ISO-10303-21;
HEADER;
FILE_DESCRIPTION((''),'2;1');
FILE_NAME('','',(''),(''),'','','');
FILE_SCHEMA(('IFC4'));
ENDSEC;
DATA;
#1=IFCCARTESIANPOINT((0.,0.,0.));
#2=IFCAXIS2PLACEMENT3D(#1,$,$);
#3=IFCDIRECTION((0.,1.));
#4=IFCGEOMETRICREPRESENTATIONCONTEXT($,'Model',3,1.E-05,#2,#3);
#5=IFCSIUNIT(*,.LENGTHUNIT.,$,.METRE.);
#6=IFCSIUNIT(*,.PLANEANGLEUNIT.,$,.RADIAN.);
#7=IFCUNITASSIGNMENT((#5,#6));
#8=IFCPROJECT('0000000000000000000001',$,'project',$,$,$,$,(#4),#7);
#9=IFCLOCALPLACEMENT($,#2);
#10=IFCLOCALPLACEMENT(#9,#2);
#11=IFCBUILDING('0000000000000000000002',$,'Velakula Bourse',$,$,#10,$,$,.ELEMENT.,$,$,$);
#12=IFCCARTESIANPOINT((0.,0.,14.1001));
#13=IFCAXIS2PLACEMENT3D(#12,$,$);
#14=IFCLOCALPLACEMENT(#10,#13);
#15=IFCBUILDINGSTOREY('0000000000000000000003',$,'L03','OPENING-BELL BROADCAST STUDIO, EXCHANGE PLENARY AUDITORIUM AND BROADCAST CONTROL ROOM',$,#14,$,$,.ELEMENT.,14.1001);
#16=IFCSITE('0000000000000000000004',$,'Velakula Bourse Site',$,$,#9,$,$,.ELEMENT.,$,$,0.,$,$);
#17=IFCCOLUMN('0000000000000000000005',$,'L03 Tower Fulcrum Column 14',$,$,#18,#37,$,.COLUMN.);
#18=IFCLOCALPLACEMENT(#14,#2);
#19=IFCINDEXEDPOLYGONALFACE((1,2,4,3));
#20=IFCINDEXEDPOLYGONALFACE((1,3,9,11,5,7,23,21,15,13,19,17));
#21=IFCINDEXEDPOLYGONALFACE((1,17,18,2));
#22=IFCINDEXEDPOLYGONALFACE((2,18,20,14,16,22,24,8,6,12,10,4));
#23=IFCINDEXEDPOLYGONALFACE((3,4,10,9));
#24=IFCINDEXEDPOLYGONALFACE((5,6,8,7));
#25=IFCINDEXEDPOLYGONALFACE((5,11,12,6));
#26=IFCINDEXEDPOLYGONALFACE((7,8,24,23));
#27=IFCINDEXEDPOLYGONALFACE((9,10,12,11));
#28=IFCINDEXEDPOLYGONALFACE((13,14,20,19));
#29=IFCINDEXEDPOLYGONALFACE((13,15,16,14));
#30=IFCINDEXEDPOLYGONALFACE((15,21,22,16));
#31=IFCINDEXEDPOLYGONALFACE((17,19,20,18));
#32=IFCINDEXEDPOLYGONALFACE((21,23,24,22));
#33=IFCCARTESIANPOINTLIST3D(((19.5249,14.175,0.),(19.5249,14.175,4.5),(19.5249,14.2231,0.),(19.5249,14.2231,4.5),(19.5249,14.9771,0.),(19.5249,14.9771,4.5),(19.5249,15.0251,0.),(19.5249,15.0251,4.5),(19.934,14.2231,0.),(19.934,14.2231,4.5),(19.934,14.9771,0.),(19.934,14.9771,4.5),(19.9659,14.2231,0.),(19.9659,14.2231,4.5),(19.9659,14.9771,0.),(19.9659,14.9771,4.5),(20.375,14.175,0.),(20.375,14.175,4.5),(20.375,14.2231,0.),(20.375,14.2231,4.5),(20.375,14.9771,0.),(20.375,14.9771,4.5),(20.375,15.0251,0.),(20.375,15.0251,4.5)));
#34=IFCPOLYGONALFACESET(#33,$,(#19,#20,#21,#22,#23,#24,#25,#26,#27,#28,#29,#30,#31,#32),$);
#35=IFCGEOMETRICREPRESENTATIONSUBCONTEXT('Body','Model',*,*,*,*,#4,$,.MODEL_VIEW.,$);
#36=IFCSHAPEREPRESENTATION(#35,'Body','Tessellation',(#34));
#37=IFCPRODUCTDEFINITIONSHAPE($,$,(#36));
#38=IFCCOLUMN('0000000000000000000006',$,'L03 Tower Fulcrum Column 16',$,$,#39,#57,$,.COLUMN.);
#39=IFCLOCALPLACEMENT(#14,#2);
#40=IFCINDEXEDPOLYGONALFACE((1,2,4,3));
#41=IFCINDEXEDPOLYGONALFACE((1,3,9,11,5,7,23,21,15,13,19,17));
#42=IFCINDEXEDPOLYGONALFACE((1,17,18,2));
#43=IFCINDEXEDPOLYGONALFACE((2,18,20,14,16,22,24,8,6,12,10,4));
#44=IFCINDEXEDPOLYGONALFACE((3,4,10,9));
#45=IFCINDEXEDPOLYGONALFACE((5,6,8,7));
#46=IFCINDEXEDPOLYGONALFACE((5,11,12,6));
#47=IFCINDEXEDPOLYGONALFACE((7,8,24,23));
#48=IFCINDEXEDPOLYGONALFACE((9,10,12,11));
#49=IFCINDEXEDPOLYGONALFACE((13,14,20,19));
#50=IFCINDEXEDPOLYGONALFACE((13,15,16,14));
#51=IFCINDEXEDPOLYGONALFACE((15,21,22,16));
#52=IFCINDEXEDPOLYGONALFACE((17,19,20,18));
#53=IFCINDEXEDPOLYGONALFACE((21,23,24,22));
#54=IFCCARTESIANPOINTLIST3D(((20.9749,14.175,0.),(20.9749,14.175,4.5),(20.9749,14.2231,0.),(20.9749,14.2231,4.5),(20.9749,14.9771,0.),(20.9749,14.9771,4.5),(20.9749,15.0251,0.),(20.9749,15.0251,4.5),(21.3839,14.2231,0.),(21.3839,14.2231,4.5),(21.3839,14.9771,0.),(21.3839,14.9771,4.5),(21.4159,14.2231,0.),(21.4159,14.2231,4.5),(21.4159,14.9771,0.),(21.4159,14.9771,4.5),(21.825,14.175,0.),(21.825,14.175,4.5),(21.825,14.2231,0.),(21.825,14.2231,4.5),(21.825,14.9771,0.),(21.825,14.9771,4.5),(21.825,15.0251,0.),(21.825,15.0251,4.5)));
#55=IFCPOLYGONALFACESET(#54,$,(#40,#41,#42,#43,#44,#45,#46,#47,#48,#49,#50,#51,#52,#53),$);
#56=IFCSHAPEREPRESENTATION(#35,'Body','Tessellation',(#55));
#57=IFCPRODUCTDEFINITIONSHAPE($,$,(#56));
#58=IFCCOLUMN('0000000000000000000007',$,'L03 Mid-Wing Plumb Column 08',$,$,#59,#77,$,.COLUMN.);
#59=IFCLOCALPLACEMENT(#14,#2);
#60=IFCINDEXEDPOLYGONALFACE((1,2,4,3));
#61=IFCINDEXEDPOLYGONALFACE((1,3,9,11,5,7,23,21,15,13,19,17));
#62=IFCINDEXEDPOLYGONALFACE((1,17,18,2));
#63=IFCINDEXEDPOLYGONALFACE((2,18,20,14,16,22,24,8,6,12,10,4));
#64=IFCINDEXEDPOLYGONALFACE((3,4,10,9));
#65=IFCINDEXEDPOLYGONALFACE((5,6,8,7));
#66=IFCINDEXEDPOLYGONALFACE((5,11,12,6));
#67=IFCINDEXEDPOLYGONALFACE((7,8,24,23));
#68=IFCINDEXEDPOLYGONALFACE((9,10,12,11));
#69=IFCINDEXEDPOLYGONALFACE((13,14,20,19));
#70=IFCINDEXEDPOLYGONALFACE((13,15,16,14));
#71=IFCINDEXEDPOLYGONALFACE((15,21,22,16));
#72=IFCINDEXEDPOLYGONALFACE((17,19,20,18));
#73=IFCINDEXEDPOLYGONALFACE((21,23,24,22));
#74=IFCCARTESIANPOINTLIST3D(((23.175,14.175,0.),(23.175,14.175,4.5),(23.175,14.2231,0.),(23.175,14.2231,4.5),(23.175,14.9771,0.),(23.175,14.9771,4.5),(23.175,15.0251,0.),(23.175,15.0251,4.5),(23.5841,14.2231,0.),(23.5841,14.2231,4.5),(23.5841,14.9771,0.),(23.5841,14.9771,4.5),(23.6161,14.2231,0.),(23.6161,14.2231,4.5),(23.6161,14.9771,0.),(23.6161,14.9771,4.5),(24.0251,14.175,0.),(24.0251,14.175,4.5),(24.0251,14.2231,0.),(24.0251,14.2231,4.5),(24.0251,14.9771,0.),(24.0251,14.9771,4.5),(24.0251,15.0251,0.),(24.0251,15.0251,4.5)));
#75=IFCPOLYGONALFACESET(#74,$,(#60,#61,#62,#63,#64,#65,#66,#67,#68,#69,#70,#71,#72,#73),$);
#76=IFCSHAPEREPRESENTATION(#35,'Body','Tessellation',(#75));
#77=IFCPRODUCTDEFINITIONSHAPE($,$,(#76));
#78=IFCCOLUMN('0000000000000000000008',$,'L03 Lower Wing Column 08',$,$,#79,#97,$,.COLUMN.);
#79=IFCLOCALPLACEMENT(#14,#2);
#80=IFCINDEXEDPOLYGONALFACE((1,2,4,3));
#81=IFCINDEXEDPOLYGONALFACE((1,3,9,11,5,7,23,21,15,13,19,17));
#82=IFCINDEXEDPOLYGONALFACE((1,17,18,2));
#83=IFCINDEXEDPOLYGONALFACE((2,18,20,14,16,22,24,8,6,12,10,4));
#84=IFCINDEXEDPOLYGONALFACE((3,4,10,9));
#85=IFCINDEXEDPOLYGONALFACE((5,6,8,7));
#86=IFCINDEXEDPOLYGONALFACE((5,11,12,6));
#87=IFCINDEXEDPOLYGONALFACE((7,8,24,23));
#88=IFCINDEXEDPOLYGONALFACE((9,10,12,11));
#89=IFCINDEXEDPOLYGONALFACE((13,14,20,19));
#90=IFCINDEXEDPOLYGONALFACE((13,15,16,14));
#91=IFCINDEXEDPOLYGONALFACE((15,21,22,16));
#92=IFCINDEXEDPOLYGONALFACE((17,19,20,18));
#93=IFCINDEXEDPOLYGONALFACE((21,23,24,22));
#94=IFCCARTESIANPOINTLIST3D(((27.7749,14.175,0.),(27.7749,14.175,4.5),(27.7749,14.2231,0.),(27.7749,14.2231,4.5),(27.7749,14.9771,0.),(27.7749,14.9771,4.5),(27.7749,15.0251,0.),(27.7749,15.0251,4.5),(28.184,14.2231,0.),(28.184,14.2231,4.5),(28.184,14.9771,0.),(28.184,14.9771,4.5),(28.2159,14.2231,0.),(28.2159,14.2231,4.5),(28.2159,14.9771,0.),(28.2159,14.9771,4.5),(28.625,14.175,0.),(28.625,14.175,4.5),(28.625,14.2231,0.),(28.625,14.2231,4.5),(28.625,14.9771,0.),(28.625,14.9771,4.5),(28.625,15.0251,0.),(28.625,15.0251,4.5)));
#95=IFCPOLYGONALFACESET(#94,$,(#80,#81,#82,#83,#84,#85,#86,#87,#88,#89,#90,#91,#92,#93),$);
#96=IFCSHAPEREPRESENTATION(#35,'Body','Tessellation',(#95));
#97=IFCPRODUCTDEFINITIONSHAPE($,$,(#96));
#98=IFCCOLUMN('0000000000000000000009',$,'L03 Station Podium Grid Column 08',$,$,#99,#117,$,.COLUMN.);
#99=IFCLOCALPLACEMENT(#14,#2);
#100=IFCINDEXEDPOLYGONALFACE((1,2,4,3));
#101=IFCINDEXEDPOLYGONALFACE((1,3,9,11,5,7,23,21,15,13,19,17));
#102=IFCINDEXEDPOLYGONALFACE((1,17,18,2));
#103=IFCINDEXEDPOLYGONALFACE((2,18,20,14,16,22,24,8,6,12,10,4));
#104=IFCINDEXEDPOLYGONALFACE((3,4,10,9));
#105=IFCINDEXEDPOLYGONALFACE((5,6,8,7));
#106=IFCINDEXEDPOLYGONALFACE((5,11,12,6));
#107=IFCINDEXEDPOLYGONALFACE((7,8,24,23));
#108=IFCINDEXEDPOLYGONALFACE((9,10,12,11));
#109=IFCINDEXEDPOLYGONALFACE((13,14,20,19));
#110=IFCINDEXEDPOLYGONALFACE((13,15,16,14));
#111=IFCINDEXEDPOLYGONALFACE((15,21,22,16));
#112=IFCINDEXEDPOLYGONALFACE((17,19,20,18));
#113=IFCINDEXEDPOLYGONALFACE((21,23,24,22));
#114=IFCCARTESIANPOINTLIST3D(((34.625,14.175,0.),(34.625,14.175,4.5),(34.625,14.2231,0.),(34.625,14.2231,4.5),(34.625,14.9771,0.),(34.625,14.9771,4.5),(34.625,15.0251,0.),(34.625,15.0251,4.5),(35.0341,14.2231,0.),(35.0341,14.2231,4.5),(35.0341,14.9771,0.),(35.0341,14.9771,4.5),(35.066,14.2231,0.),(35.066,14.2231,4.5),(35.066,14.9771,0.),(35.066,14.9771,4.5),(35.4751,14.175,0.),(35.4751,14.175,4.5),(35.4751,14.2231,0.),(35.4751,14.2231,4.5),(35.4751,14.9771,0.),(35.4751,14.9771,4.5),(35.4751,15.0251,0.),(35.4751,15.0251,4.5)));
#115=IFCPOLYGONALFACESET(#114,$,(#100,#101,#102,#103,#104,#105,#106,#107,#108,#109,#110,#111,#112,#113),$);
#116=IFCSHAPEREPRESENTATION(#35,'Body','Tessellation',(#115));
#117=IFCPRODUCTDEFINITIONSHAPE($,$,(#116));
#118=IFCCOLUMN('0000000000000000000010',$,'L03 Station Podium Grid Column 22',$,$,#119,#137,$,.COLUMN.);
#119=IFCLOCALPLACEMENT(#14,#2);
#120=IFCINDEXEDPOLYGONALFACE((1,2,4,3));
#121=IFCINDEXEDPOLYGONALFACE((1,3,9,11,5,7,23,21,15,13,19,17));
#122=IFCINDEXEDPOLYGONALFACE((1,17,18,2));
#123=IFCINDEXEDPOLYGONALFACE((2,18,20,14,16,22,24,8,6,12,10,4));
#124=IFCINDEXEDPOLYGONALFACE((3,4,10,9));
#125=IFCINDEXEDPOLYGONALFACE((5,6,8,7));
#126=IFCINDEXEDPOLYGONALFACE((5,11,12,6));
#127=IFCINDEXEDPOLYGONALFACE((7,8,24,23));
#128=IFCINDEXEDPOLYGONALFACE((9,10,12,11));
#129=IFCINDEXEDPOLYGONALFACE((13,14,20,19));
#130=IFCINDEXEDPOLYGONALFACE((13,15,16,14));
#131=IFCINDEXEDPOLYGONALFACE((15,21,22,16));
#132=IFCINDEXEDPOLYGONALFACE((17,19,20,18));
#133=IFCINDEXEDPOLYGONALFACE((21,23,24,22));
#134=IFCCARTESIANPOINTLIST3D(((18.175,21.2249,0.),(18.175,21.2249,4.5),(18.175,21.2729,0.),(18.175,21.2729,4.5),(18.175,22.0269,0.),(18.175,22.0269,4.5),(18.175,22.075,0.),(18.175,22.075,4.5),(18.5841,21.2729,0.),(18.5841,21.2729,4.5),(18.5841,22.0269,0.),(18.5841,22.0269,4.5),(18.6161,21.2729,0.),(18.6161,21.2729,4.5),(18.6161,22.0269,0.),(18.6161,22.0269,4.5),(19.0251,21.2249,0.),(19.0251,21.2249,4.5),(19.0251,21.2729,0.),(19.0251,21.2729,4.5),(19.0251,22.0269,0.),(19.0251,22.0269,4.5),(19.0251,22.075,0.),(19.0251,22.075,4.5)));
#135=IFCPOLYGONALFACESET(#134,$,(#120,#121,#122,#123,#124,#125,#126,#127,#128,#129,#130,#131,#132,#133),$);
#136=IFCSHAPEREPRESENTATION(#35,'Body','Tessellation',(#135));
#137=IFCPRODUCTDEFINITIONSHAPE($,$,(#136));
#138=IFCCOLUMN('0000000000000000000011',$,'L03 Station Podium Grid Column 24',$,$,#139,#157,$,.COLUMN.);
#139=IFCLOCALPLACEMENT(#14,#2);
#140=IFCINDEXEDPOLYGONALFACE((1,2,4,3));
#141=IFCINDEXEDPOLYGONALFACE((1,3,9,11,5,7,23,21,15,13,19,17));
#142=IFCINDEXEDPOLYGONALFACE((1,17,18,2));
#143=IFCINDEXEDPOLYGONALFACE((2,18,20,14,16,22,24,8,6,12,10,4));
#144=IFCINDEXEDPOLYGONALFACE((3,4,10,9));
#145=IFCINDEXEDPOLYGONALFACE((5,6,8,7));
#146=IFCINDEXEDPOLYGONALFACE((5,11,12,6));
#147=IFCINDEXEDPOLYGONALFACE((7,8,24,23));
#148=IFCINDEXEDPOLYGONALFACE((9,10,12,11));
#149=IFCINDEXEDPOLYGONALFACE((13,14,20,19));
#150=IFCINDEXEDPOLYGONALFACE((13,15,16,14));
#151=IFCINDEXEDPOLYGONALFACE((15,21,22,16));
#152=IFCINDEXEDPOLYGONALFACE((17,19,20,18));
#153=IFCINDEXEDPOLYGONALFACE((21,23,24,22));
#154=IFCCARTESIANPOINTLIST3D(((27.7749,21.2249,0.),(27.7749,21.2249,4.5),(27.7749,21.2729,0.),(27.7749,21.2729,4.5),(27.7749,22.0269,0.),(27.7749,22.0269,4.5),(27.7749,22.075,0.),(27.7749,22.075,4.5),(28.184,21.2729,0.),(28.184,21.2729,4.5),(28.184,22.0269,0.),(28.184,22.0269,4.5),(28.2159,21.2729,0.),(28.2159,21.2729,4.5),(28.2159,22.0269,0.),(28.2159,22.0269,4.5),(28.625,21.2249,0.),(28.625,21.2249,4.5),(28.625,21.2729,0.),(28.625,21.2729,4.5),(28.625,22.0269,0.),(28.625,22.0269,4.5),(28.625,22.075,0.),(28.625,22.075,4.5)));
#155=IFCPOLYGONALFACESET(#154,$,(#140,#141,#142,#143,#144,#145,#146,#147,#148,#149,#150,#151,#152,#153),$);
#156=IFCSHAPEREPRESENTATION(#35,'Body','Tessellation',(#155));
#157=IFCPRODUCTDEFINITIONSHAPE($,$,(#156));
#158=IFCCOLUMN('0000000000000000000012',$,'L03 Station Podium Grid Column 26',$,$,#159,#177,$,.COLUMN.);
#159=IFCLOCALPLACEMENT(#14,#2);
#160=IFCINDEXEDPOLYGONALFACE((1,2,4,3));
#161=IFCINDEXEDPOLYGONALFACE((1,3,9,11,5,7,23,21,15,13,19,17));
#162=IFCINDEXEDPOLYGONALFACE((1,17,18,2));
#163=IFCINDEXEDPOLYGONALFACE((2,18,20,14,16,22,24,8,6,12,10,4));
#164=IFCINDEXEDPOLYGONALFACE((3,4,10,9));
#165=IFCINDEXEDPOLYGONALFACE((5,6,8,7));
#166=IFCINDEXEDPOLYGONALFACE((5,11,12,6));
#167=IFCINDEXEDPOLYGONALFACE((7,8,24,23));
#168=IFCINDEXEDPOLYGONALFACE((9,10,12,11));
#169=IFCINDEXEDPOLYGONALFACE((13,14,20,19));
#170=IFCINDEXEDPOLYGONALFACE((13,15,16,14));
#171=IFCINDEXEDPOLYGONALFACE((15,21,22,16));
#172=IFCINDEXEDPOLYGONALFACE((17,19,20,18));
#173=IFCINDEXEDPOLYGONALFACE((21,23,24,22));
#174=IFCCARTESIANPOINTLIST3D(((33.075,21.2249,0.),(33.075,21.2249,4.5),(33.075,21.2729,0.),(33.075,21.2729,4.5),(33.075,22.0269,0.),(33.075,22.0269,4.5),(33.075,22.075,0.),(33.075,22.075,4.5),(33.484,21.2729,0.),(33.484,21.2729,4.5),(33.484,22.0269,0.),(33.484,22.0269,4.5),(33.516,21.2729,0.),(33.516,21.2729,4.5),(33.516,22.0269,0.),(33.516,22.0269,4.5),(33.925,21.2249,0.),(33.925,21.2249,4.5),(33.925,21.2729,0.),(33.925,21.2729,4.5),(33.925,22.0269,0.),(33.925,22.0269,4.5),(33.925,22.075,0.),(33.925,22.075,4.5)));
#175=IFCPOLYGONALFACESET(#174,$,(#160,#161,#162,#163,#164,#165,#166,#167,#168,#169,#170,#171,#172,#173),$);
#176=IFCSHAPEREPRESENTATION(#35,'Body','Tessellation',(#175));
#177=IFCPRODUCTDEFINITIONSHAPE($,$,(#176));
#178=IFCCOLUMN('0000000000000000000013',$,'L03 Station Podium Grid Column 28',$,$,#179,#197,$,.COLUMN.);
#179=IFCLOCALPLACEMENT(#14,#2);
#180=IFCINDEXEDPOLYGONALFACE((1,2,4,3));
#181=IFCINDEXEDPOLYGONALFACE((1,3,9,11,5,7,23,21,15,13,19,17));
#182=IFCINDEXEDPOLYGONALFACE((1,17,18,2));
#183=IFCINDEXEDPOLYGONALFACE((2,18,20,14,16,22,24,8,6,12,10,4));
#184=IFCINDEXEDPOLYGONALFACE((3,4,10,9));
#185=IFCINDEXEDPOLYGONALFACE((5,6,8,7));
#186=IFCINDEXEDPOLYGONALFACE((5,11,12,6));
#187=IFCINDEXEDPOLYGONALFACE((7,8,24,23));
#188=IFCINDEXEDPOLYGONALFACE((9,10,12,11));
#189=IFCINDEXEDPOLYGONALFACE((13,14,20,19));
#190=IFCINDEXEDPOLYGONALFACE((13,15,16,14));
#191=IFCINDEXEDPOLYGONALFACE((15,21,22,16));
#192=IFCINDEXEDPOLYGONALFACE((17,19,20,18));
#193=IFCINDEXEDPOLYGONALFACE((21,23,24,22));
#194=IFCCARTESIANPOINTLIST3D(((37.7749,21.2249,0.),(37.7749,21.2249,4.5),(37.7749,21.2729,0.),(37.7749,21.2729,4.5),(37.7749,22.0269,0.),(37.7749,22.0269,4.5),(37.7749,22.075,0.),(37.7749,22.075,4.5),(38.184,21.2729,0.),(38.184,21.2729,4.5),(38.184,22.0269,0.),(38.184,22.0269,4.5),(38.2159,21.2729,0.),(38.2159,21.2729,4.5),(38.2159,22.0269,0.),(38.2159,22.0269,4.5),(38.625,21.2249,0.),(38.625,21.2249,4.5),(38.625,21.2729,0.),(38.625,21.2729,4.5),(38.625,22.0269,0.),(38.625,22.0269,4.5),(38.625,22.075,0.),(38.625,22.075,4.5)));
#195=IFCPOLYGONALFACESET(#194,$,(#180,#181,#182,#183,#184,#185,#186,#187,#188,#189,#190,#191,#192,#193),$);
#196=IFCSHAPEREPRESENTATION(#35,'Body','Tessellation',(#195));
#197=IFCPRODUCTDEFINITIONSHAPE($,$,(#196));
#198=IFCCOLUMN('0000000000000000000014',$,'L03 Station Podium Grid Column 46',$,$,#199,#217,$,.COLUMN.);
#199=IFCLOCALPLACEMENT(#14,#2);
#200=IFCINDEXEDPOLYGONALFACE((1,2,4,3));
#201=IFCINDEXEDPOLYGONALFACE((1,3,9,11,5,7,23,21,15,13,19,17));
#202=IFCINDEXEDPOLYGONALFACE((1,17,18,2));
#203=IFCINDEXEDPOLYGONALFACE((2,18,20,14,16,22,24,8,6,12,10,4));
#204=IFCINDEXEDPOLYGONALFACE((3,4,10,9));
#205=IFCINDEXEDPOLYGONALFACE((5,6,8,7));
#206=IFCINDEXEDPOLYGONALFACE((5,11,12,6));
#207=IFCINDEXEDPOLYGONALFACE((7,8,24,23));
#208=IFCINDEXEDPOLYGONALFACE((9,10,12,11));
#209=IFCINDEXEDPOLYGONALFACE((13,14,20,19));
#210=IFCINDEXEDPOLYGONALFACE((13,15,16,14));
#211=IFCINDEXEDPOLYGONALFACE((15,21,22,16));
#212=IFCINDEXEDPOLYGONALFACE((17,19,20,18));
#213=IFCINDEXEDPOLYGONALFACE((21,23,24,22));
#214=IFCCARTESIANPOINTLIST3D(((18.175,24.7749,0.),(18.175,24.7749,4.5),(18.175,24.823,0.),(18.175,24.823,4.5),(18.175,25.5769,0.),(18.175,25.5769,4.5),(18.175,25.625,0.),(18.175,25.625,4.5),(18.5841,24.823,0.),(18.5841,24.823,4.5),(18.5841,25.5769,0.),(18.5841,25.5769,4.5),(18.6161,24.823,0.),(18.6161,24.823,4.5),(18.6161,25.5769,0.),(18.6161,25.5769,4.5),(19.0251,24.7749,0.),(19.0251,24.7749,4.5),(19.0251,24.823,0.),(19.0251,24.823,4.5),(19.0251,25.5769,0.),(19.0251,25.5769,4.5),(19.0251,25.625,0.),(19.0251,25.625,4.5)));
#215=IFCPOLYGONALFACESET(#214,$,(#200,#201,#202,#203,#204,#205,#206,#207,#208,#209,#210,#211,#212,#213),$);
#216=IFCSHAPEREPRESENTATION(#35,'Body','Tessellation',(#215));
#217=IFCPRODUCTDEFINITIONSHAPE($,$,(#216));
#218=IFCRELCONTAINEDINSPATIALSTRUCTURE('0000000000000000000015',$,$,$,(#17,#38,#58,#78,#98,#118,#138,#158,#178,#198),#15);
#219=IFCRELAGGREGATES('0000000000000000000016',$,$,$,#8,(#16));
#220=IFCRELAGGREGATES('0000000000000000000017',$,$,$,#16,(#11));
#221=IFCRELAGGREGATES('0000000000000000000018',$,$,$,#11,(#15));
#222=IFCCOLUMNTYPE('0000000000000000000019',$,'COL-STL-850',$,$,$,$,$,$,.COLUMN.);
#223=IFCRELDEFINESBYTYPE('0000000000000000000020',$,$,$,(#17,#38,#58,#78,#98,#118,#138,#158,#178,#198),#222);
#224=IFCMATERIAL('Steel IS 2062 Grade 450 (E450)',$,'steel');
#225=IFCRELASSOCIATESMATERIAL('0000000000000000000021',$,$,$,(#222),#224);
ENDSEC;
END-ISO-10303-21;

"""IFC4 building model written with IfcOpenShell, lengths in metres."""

from ifc_helpers import new_model, si_unit, direction, frame, origin, origin_2d, place, context, subcontext, project, spatial, i_section, extrude, material, material_profile, profile_set, type_object, element, save


model = new_model("IFC4")

# Units and contexts
model_context = context("Model", 3, precision=1e-05, world=origin(), true_north=direction((0.0, 1.0)))
body_context = subcontext(model_context, "Body", "Model", "MODEL_VIEW")
ifc_project = project(units=[si_unit("LENGTHUNIT", "METRE"), si_unit("PLANEANGLEUNIT", "RADIAN")], contexts=[model_context])

# Site, building, storey
site_placement = place(None, origin())
site = spatial("IfcSite", under=ifc_project, at=site_placement, Name="Velakula Bourse Site", CompositionType="ELEMENT", RefElevation=0.0)
building_placement = place(site_placement, origin())
building = spatial("IfcBuilding", under=site, at=building_placement, Name="Velakula Bourse", CompositionType="ELEMENT")
storey_placement = place(building_placement, frame((0.0, 0.0, 14.1001)))
storey = spatial("IfcBuildingStorey", under=building, at=storey_placement, Name="L03", Description="OPENING-BELL BROADCAST STUDIO, EXCHANGE PLENARY AUDITORIUM AND BROADCAST CONTROL ROOM", CompositionType="ELEMENT", Elevation=14.1001)

# Columns
ifc_material_1 = material(Name="Steel IS 2062 Grade 450 (E450)", Category="steel")
ifc_material_profile_1 = material_profile(ifc_material_1, i_section(OverallWidth=0.8501, OverallDepth=0.8501, WebThickness=0.032, FlangeThickness=0.0481, at=origin_2d()), Name="Steel IS 2062 Grade 450 (E450)")
ifc_profile_set_1 = profile_set([ifc_material_profile_1], Name="Steel IS 2062 Grade 450 (E450)")
column_type = type_object("IfcColumnType", Name="COL-STL-850", PredefinedType="COLUMN", material=ifc_profile_set_1)
for number, where, z_axis, x_axis, name in (
    (1, (19.95, 14.6001, 0.0), (0.0, 0.0, 1.0), (1.0, 0.0, 0.0), "L03 Tower Fulcrum Column 14"),
    (2, (21.3999, 14.6001, 0.0), (0.0, 0.0, 1.0), (1.0, 0.0, 0.0), "L03 Tower Fulcrum Column 16"),
    (3, (23.6001, 14.6001, 0.0), (0.0, 0.0, 1.0), (1.0, 0.0, 0.0), "L03 Mid-Wing Plumb Column 08"),
    (4, (28.2, 14.6001, 0.0), (0.0, 0.0, 1.0), (1.0, 0.0, 0.0), "L03 Lower Wing Column 08"),
    (5, (35.05, 14.6001, 0.0), (0.0, 0.0, 1.0), (1.0, 0.0, 0.0), "L03 Station Podium Grid Column 08"),
    (6, (18.6001, 21.6499, 0.0), (0.0, 0.0, 1.0), (1.0, 0.0, 0.0), "L03 Station Podium Grid Column 22"),
    (7, (28.2, 21.6499, 0.0), (0.0, 0.0, 1.0), (1.0, 0.0, 0.0), "L03 Station Podium Grid Column 24"),
    (8, (33.5, 21.6499, 0.0), (0.0, 0.0, 1.0), (1.0, 0.0, 0.0), "L03 Station Podium Grid Column 26"),
    (9, (38.2, 21.6499, 0.0), (0.0, 0.0, 1.0), (1.0, 0.0, 0.0), "L03 Station Podium Grid Column 28"),
    (10, (18.6001, 25.2, 0.0), (0.0, 0.0, 1.0), (1.0, 0.0, 0.0), "L03 Station Podium Grid Column 46"),
):
    element("IfcColumn", number, at=place(storey_placement, frame(where, z_axis=z_axis, x_axis=x_axis)), inside=storey, type_object=column_type, Name=name, PredefinedType="COLUMN", context=body_context, shape_type="SweptSolid", body=[
        extrude(i_section(OverallWidth=0.8501, OverallDepth=0.8501, WebThickness=0.032, FlangeThickness=0.0481, at=origin_2d()), origin(), (0.0, 0.0, 1.0), 4.5),
    ])

save(model, "model.ifc")
